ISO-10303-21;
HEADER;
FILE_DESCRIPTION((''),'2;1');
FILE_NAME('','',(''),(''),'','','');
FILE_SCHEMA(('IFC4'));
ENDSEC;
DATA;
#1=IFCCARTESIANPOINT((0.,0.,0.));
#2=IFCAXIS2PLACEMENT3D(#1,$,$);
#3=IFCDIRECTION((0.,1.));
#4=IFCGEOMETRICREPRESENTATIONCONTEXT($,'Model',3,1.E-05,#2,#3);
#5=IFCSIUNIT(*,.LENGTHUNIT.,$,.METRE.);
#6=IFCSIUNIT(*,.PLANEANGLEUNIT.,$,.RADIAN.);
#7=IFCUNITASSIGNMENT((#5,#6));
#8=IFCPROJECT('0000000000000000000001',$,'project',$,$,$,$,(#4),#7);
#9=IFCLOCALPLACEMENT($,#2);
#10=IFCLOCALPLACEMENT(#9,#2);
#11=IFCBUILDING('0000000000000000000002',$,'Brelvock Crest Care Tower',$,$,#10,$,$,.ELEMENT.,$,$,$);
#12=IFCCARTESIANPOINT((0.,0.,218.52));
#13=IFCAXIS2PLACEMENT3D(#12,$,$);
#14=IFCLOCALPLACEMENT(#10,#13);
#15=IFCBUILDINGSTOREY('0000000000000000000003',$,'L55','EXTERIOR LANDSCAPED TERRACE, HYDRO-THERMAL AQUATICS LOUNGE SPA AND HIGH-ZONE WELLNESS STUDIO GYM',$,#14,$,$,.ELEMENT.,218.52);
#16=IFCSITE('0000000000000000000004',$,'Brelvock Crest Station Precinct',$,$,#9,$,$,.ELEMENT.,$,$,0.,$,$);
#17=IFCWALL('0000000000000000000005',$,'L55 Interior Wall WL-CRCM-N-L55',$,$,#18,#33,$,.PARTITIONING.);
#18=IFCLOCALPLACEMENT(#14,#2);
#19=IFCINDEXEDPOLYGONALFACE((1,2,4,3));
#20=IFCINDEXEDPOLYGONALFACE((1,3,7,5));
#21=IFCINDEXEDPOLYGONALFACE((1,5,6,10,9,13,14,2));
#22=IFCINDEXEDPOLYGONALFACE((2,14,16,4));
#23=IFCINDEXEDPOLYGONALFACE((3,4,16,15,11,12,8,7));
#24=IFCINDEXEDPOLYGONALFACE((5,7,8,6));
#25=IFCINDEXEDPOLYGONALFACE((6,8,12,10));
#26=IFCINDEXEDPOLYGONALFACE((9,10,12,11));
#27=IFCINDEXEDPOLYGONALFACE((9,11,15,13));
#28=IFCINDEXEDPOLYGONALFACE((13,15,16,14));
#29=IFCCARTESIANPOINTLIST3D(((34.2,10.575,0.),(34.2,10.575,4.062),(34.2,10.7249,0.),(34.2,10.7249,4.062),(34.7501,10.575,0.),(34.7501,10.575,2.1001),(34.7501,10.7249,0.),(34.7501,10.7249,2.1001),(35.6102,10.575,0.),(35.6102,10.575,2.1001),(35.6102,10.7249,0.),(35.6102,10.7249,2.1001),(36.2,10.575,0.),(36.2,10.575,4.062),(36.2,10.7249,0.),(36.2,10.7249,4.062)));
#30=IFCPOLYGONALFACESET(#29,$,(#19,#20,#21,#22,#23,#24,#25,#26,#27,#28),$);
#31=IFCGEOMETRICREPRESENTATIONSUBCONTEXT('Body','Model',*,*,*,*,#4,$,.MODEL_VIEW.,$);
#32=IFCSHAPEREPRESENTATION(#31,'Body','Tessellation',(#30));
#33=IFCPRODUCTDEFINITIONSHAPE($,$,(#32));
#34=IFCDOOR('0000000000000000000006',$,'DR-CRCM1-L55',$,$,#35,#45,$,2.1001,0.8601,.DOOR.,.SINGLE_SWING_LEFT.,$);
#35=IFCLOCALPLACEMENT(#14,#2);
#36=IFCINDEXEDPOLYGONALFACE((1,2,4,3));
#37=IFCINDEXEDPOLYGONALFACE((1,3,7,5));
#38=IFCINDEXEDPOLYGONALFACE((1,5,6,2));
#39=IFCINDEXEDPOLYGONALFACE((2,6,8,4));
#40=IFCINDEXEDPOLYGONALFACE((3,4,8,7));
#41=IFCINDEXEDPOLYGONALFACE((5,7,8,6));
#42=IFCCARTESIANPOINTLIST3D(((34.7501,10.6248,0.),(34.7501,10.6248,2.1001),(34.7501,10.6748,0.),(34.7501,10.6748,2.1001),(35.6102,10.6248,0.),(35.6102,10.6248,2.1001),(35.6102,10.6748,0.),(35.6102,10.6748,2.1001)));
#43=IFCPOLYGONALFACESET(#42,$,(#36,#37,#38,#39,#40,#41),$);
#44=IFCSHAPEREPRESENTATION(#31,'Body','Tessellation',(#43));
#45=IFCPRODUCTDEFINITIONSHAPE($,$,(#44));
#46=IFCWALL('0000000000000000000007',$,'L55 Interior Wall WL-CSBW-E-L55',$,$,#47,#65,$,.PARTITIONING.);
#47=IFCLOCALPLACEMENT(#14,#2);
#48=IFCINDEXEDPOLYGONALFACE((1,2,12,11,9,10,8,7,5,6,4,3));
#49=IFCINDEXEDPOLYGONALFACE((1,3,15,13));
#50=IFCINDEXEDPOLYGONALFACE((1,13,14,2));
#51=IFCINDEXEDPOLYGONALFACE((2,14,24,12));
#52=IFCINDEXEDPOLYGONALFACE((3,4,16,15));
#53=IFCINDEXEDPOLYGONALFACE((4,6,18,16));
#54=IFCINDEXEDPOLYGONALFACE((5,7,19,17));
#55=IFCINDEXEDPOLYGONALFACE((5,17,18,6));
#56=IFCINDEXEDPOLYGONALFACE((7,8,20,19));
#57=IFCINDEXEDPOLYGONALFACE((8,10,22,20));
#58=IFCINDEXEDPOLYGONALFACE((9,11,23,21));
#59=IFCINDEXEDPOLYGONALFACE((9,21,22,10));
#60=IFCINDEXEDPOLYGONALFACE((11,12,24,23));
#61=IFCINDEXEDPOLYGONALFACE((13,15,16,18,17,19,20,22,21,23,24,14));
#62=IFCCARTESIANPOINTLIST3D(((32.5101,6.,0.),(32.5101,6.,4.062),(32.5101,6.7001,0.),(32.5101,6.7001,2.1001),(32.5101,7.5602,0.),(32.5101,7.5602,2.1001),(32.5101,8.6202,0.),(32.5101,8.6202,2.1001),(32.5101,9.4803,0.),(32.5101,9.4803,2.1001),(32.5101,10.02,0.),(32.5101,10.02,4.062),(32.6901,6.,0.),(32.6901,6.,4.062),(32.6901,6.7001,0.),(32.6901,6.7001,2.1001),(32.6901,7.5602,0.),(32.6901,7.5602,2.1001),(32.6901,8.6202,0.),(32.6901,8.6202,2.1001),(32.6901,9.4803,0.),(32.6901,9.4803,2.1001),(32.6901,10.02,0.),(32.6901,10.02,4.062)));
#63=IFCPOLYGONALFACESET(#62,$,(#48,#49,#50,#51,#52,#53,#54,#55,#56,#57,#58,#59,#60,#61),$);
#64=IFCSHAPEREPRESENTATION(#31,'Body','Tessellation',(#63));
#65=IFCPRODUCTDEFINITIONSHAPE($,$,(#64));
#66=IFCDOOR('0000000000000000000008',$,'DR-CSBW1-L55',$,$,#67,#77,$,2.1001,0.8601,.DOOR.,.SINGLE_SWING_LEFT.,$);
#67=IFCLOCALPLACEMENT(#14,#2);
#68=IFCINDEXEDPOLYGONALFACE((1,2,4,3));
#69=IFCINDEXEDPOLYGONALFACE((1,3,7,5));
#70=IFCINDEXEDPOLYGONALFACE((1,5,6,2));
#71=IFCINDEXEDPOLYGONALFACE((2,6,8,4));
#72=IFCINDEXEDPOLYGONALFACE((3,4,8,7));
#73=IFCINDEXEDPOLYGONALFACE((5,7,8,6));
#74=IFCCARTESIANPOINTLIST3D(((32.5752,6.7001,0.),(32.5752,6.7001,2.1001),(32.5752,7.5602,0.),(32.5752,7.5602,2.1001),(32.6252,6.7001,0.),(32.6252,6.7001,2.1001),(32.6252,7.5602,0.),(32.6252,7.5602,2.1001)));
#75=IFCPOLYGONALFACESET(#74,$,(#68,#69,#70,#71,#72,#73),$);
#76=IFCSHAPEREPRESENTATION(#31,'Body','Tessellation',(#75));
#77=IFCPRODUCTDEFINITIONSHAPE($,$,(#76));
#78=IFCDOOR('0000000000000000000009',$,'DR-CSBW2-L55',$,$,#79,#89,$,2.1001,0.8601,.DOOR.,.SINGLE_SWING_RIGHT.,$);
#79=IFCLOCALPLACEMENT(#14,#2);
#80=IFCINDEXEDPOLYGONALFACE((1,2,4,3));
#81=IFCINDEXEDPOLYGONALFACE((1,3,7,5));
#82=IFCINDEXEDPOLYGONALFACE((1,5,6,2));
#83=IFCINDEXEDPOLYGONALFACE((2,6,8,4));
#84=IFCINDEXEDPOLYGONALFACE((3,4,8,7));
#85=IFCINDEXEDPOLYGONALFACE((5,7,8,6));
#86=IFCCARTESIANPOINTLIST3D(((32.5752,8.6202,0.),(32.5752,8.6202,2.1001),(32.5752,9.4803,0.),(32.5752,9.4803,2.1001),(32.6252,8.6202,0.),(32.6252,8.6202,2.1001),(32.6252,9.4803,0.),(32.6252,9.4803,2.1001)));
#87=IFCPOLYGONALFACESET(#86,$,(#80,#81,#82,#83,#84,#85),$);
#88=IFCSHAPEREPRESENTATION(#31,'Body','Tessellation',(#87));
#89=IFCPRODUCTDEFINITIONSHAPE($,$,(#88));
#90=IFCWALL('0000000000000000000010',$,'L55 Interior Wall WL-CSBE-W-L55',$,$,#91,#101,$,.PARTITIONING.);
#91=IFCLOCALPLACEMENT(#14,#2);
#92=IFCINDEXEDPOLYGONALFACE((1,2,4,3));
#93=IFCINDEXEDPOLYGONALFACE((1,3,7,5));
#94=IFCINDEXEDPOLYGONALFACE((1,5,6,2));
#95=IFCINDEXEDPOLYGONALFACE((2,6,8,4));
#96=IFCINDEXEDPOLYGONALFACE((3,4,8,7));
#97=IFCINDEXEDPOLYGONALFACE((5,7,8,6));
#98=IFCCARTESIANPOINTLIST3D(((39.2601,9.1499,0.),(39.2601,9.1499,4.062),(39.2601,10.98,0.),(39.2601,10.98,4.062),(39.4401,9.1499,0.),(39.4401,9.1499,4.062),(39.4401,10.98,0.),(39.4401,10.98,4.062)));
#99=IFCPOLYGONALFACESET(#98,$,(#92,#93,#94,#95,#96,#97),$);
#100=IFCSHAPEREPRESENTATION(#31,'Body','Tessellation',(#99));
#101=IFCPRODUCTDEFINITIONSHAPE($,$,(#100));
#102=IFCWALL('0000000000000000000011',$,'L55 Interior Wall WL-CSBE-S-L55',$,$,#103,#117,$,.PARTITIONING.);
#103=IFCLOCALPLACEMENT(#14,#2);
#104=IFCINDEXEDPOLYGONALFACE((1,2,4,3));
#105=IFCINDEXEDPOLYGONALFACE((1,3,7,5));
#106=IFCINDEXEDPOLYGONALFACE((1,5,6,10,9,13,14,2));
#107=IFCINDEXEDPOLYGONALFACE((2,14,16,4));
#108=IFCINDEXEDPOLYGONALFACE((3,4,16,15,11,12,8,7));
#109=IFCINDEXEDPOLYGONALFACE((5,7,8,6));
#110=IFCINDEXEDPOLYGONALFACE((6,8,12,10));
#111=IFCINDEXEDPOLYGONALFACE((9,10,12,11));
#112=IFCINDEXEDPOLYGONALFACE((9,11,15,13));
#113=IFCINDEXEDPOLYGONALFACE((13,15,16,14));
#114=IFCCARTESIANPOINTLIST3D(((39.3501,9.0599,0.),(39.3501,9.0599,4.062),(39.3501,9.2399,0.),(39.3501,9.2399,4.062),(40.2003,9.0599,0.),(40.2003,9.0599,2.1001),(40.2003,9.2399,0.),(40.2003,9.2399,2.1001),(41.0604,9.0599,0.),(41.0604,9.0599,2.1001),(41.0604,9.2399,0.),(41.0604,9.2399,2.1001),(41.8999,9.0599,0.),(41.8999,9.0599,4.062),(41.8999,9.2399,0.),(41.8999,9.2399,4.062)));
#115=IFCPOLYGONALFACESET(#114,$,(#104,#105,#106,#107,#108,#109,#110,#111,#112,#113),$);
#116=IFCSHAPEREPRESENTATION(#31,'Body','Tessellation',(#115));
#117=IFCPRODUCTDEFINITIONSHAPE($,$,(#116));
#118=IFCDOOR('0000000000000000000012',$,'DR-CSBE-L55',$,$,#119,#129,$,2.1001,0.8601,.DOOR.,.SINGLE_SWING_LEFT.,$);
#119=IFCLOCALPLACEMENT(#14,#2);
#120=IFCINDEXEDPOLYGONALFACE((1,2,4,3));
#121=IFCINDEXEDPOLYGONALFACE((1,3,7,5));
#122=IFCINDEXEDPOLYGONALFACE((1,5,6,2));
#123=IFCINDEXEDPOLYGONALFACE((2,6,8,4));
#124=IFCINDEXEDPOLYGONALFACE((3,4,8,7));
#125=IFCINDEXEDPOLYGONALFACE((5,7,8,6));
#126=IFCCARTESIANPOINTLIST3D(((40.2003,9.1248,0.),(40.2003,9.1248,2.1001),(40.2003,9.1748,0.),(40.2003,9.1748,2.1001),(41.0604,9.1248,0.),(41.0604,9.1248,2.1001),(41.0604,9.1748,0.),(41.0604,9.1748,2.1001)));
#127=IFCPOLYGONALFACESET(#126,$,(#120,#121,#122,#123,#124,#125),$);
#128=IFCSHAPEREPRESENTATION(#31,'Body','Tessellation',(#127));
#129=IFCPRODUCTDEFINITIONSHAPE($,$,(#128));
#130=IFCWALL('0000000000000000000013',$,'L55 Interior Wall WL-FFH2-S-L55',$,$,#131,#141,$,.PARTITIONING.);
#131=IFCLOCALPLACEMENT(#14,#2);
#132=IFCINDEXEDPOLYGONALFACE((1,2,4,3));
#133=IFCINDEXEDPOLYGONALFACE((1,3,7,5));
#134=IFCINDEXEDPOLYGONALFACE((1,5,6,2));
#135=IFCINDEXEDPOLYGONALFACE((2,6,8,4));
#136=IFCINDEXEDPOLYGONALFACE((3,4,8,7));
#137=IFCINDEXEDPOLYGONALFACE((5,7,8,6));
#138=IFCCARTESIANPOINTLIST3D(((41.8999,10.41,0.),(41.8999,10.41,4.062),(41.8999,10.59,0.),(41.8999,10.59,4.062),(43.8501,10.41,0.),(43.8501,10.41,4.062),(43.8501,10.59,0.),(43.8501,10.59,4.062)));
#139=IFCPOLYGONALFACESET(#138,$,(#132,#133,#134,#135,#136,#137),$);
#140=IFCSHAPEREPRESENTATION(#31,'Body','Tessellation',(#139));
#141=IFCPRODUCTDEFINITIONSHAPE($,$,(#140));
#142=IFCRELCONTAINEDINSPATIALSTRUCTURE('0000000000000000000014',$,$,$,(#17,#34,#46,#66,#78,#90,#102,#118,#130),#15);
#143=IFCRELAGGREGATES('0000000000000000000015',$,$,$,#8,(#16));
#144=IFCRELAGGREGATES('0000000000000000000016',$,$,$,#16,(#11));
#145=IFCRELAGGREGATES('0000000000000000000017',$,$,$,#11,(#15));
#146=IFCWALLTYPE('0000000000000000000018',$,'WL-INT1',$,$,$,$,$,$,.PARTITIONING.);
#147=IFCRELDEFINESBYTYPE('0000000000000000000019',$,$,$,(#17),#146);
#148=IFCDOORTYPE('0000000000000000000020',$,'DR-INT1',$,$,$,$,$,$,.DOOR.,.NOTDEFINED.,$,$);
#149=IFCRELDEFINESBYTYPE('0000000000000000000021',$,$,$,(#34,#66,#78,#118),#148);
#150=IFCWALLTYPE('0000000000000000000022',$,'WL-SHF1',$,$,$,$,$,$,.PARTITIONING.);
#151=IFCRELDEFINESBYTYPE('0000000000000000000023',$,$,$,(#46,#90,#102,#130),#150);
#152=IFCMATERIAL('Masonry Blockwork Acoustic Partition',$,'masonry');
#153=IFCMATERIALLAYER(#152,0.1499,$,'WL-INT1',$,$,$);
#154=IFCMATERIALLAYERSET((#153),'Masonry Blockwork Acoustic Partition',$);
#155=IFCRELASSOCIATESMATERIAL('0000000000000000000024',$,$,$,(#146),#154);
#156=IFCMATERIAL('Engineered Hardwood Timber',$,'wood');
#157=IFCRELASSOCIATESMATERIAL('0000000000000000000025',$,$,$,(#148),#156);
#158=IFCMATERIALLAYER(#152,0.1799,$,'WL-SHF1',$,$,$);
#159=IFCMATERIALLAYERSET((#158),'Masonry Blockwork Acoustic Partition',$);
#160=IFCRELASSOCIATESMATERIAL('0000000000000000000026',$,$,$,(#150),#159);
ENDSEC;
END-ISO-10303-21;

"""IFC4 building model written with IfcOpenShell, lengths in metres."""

from ifc_helpers import new_model, si_unit, direction, frame, frame_2d, origin, origin_2d, place, context, subcontext, project, spatial, rectangle, extrude, source, transform, mapped, material, layer, layer_set, type_object, element, fill, save


model = new_model("IFC4")

# Units and contexts
model_context = context("Model", 3, precision=1e-05, world=origin(), true_north=direction((0.0, 1.0)))
body_context = subcontext(model_context, "Body", "Model", "MODEL_VIEW")
ifc_project = project(units=[si_unit("LENGTHUNIT", "METRE"), si_unit("PLANEANGLEUNIT", "RADIAN")], contexts=[model_context])

# Site, building, storey
site_placement = place(None, origin())
site = spatial("IfcSite", under=ifc_project, at=site_placement, Name="Brelvock Crest Station Precinct", CompositionType="ELEMENT", RefElevation=0.0)
building_placement = place(site_placement, origin())
building = spatial("IfcBuilding", under=site, at=building_placement, Name="Brelvock Crest Care Tower", CompositionType="ELEMENT")
storey_placement = place(building_placement, frame((0.0, 0.0, 218.52)))
storey = spatial("IfcBuildingStorey", under=building, at=storey_placement, Name="L55", Description="EXTERIOR LANDSCAPED TERRACE, HYDRO-THERMAL AQUATICS LOUNGE SPA AND HIGH-ZONE WELLNESS STUDIO GYM", CompositionType="ELEMENT", Elevation=218.52)

# Shared definitions
ifc_material_1 = material(Name="Masonry Blockwork Acoustic Partition", Category="masonry")
ifc_layer_1 = layer(ifc_material_1, 0.1499, Name="WL-INT1")
ifc_layer_set_1 = layer_set([ifc_layer_1], Name="Masonry Blockwork Acoustic Partition")
wall_type_1 = type_object("IfcWallType", Name="WL-INT1", PredefinedType="PARTITIONING", material=ifc_layer_set_1)

# Wall, opening, door
wall_1_placement = place(storey_placement, frame((34.2, 10.6499, 0.0), z_axis=(0.0, 0.0, 1.0), x_axis=(1.0, 0.0, 0.0)))
wall_1 = element("IfcWall", 1, at=wall_1_placement, inside=storey, type_object=wall_type_1, Name="L55 Interior Wall WL-CRCM-N-L55", PredefinedType="PARTITIONING", context=body_context, shape_type="SweptSolid", body=[
    extrude(rectangle(XDim=2.0, YDim=0.1499, at=frame_2d((1.0, 0.0))), origin(), (0.0, 0.0, 1.0), 4.062),
])
opening_1_placement = place(wall_1_placement, frame((0.55, 0.0, 0.0)))
opening_1 = element("IfcOpeningElement", 2, at=opening_1_placement, cuts=wall_1, PredefinedType="OPENING", context=body_context, shape_type="SweptSolid", body=[
    extrude(rectangle(XDim=0.8601, YDim=2.1001, at=origin_2d()), frame((0.4302, 0.085, 1.05), z_axis=(0.0, -1.0, 0.0), x_axis=(1.0, 0.0, 0.0)), (0.0, 0.0, 1.0), 0.1699),
])
ifc_material_2 = material(Name="Engineered Hardwood Timber", Category="wood")
door_type = type_object("IfcDoorType", Name="DR-INT1", OperationType="NOTDEFINED", PredefinedType="DOOR", material=ifc_material_2)
shared_shape_1 = source(origin(), body_context, "Body", "SweptSolid", [
    extrude(rectangle(XDim=0.8601, YDim=2.1001, at=origin_2d()), frame((0.4302, 0.0249, 1.05), z_axis=(0.0, -1.0, 0.0), x_axis=(1.0, 0.0, 0.0)), (0.0, 0.0, 1.0), 0.05),
])
door_1_placement = place(opening_1_placement, origin())
door_1 = element("IfcDoor", 3, at=door_1_placement, inside=storey, type_object=door_type, Name="DR-CRCM1-L55", OperationType="SINGLE_SWING_LEFT", OverallHeight=2.1001, OverallWidth=0.8601, PredefinedType="DOOR", context=body_context, shape_type="MappedRepresentation", body=[
    mapped(shared_shape_1, transform((0.0, 0.0, 0.0), x_axis=(1.0, 0.0, 0.0), y_axis=(0.0, 1.0, 0.0), z_axis=(0.0, 0.0, 1.0), scale=1.0)),
])
fill(opening_1, door_1)

# Wall, openings, doors
ifc_layer_2 = layer(ifc_material_1, 0.1799, Name="WL-SHF1")
ifc_layer_set_2 = layer_set([ifc_layer_2], Name="Masonry Blockwork Acoustic Partition")
wall_type_2 = type_object("IfcWallType", Name="WL-SHF1", PredefinedType="PARTITIONING", material=ifc_layer_set_2)
wall_2_placement = place(storey_placement, frame((32.6001, 6.0, 0.0), z_axis=(0.0, 0.0, 1.0), x_axis=(0.0, 1.0, 0.0)))
wall_2 = element("IfcWall", 4, at=wall_2_placement, inside=storey, type_object=wall_type_2, Name="L55 Interior Wall WL-CSBW-E-L55", PredefinedType="PARTITIONING", context=body_context, shape_type="SweptSolid", body=[
    extrude(rectangle(XDim=4.02, YDim=0.1799, at=frame_2d((2.01, 0.0))), origin(), (0.0, 0.0, 1.0), 4.062),
])
opening_2_placement = place(wall_2_placement, frame((0.7, 0.0, 0.0)))
opening_2 = element("IfcOpeningElement", 5, at=opening_2_placement, cuts=wall_2, PredefinedType="OPENING", context=body_context, shape_type="SweptSolid", body=[
    extrude(rectangle(XDim=0.8601, YDim=2.1001, at=origin_2d()), frame((0.4302, 0.1001, 1.05), z_axis=(0.0, -1.0, 0.0), x_axis=(1.0, 0.0, 0.0)), (0.0, 0.0, 1.0), 0.2),
])
opening_3_placement = place(wall_2_placement, frame((2.6201, 0.0, 0.0)))
opening_3 = element("IfcOpeningElement", 6, at=opening_3_placement, cuts=wall_2, PredefinedType="OPENING", context=body_context, shape_type="SweptSolid", body=[
    extrude(rectangle(XDim=0.8601, YDim=2.1001, at=origin_2d()), frame((0.4302, 0.1001, 1.05), z_axis=(0.0, -1.0, 0.0), x_axis=(1.0, 0.0, 0.0)), (0.0, 0.0, 1.0), 0.2),
])
door_2_placement = place(opening_2_placement, origin())
door_2 = element("IfcDoor", 7, at=door_2_placement, inside=storey, type_object=door_type, Name="DR-CSBW1-L55", OperationType="SINGLE_SWING_LEFT", OverallHeight=2.1001, OverallWidth=0.8601, PredefinedType="DOOR", context=body_context, shape_type="MappedRepresentation", body=[
    mapped(shared_shape_1, transform((0.0, 0.0, 0.0), x_axis=(1.0, 0.0, 0.0), y_axis=(0.0, 1.0, 0.0), z_axis=(0.0, 0.0, 1.0), scale=1.0)),
])
fill(opening_2, door_2)
door_3_placement = place(opening_3_placement, origin())
door_3 = element("IfcDoor", 8, at=door_3_placement, inside=storey, type_object=door_type, Name="DR-CSBW2-L55", OperationType="SINGLE_SWING_RIGHT", OverallHeight=2.1001, OverallWidth=0.8601, PredefinedType="DOOR", context=body_context, shape_type="MappedRepresentation", body=[
    mapped(shared_shape_1, transform((0.0, 0.0, 0.0), x_axis=(1.0, 0.0, 0.0), y_axis=(0.0, 1.0, 0.0), z_axis=(0.0, 0.0, 1.0), scale=1.0)),
])
fill(opening_3, door_3)

# Wall
wall_3_placement = place(storey_placement, frame((39.3501, 9.1499, 0.0), z_axis=(0.0, 0.0, 1.0), x_axis=(0.0, 1.0, 0.0)))
element("IfcWall", 9, at=wall_3_placement, inside=storey, type_object=wall_type_2, Name="L55 Interior Wall WL-CSBE-W-L55", PredefinedType="PARTITIONING", context=body_context, shape_type="SweptSolid", body=[
    extrude(rectangle(XDim=1.8301, YDim=0.1799, at=frame_2d((0.915, 0.0))), origin(), (0.0, 0.0, 1.0), 4.062),
])

# Wall, opening, door
wall_4_placement = place(storey_placement, frame((39.3501, 9.1499, 0.0), z_axis=(0.0, 0.0, 1.0), x_axis=(1.0, 0.0, 0.0)))
wall_4 = element("IfcWall", 10, at=wall_4_placement, inside=storey, type_object=wall_type_2, Name="L55 Interior Wall WL-CSBE-S-L55", PredefinedType="PARTITIONING", context=body_context, shape_type="SweptSolid", body=[
    extrude(rectangle(XDim=2.5498, YDim=0.1799, at=frame_2d((1.2749, 0.0))), origin(), (0.0, 0.0, 1.0), 4.062),
])
opening_4_placement = place(wall_4_placement, frame((0.8501, 0.0, 0.0)))
opening_4 = element("IfcOpeningElement", 11, at=opening_4_placement, cuts=wall_4, PredefinedType="OPENING", context=body_context, shape_type="SweptSolid", body=[
    extrude(rectangle(XDim=0.8601, YDim=2.1001, at=origin_2d()), frame((0.4302, 0.1001, 1.05), z_axis=(0.0, -1.0, 0.0), x_axis=(1.0, 0.0, 0.0)), (0.0, 0.0, 1.0), 0.2),
])
door_4_placement = place(opening_4_placement, origin())
door_4 = element("IfcDoor", 12, at=door_4_placement, inside=storey, type_object=door_type, Name="DR-CSBE-L55", OperationType="SINGLE_SWING_LEFT", OverallHeight=2.1001, OverallWidth=0.8601, PredefinedType="DOOR", context=body_context, shape_type="MappedRepresentation", body=[
    mapped(shared_shape_1, transform((0.0, 0.0, 0.0), x_axis=(1.0, 0.0, 0.0), y_axis=(0.0, 1.0, 0.0), z_axis=(0.0, 0.0, 1.0), scale=1.0)),
])
fill(opening_4, door_4)

# Wall
wall_5_placement = place(storey_placement, frame((41.8999, 10.5, 0.0), z_axis=(0.0, 0.0, 1.0), x_axis=(1.0, 0.0, 0.0)))
element("IfcWall", 13, at=wall_5_placement, inside=storey, type_object=wall_type_2, Name="L55 Interior Wall WL-FFH2-S-L55", PredefinedType="PARTITIONING", context=body_context, shape_type="SweptSolid", body=[
    extrude(rectangle(XDim=1.9502, YDim=0.1799, at=frame_2d((0.9751, 0.0))), origin(), (0.0, 0.0, 1.0), 4.062),
])

save(model, "model.ifc")
